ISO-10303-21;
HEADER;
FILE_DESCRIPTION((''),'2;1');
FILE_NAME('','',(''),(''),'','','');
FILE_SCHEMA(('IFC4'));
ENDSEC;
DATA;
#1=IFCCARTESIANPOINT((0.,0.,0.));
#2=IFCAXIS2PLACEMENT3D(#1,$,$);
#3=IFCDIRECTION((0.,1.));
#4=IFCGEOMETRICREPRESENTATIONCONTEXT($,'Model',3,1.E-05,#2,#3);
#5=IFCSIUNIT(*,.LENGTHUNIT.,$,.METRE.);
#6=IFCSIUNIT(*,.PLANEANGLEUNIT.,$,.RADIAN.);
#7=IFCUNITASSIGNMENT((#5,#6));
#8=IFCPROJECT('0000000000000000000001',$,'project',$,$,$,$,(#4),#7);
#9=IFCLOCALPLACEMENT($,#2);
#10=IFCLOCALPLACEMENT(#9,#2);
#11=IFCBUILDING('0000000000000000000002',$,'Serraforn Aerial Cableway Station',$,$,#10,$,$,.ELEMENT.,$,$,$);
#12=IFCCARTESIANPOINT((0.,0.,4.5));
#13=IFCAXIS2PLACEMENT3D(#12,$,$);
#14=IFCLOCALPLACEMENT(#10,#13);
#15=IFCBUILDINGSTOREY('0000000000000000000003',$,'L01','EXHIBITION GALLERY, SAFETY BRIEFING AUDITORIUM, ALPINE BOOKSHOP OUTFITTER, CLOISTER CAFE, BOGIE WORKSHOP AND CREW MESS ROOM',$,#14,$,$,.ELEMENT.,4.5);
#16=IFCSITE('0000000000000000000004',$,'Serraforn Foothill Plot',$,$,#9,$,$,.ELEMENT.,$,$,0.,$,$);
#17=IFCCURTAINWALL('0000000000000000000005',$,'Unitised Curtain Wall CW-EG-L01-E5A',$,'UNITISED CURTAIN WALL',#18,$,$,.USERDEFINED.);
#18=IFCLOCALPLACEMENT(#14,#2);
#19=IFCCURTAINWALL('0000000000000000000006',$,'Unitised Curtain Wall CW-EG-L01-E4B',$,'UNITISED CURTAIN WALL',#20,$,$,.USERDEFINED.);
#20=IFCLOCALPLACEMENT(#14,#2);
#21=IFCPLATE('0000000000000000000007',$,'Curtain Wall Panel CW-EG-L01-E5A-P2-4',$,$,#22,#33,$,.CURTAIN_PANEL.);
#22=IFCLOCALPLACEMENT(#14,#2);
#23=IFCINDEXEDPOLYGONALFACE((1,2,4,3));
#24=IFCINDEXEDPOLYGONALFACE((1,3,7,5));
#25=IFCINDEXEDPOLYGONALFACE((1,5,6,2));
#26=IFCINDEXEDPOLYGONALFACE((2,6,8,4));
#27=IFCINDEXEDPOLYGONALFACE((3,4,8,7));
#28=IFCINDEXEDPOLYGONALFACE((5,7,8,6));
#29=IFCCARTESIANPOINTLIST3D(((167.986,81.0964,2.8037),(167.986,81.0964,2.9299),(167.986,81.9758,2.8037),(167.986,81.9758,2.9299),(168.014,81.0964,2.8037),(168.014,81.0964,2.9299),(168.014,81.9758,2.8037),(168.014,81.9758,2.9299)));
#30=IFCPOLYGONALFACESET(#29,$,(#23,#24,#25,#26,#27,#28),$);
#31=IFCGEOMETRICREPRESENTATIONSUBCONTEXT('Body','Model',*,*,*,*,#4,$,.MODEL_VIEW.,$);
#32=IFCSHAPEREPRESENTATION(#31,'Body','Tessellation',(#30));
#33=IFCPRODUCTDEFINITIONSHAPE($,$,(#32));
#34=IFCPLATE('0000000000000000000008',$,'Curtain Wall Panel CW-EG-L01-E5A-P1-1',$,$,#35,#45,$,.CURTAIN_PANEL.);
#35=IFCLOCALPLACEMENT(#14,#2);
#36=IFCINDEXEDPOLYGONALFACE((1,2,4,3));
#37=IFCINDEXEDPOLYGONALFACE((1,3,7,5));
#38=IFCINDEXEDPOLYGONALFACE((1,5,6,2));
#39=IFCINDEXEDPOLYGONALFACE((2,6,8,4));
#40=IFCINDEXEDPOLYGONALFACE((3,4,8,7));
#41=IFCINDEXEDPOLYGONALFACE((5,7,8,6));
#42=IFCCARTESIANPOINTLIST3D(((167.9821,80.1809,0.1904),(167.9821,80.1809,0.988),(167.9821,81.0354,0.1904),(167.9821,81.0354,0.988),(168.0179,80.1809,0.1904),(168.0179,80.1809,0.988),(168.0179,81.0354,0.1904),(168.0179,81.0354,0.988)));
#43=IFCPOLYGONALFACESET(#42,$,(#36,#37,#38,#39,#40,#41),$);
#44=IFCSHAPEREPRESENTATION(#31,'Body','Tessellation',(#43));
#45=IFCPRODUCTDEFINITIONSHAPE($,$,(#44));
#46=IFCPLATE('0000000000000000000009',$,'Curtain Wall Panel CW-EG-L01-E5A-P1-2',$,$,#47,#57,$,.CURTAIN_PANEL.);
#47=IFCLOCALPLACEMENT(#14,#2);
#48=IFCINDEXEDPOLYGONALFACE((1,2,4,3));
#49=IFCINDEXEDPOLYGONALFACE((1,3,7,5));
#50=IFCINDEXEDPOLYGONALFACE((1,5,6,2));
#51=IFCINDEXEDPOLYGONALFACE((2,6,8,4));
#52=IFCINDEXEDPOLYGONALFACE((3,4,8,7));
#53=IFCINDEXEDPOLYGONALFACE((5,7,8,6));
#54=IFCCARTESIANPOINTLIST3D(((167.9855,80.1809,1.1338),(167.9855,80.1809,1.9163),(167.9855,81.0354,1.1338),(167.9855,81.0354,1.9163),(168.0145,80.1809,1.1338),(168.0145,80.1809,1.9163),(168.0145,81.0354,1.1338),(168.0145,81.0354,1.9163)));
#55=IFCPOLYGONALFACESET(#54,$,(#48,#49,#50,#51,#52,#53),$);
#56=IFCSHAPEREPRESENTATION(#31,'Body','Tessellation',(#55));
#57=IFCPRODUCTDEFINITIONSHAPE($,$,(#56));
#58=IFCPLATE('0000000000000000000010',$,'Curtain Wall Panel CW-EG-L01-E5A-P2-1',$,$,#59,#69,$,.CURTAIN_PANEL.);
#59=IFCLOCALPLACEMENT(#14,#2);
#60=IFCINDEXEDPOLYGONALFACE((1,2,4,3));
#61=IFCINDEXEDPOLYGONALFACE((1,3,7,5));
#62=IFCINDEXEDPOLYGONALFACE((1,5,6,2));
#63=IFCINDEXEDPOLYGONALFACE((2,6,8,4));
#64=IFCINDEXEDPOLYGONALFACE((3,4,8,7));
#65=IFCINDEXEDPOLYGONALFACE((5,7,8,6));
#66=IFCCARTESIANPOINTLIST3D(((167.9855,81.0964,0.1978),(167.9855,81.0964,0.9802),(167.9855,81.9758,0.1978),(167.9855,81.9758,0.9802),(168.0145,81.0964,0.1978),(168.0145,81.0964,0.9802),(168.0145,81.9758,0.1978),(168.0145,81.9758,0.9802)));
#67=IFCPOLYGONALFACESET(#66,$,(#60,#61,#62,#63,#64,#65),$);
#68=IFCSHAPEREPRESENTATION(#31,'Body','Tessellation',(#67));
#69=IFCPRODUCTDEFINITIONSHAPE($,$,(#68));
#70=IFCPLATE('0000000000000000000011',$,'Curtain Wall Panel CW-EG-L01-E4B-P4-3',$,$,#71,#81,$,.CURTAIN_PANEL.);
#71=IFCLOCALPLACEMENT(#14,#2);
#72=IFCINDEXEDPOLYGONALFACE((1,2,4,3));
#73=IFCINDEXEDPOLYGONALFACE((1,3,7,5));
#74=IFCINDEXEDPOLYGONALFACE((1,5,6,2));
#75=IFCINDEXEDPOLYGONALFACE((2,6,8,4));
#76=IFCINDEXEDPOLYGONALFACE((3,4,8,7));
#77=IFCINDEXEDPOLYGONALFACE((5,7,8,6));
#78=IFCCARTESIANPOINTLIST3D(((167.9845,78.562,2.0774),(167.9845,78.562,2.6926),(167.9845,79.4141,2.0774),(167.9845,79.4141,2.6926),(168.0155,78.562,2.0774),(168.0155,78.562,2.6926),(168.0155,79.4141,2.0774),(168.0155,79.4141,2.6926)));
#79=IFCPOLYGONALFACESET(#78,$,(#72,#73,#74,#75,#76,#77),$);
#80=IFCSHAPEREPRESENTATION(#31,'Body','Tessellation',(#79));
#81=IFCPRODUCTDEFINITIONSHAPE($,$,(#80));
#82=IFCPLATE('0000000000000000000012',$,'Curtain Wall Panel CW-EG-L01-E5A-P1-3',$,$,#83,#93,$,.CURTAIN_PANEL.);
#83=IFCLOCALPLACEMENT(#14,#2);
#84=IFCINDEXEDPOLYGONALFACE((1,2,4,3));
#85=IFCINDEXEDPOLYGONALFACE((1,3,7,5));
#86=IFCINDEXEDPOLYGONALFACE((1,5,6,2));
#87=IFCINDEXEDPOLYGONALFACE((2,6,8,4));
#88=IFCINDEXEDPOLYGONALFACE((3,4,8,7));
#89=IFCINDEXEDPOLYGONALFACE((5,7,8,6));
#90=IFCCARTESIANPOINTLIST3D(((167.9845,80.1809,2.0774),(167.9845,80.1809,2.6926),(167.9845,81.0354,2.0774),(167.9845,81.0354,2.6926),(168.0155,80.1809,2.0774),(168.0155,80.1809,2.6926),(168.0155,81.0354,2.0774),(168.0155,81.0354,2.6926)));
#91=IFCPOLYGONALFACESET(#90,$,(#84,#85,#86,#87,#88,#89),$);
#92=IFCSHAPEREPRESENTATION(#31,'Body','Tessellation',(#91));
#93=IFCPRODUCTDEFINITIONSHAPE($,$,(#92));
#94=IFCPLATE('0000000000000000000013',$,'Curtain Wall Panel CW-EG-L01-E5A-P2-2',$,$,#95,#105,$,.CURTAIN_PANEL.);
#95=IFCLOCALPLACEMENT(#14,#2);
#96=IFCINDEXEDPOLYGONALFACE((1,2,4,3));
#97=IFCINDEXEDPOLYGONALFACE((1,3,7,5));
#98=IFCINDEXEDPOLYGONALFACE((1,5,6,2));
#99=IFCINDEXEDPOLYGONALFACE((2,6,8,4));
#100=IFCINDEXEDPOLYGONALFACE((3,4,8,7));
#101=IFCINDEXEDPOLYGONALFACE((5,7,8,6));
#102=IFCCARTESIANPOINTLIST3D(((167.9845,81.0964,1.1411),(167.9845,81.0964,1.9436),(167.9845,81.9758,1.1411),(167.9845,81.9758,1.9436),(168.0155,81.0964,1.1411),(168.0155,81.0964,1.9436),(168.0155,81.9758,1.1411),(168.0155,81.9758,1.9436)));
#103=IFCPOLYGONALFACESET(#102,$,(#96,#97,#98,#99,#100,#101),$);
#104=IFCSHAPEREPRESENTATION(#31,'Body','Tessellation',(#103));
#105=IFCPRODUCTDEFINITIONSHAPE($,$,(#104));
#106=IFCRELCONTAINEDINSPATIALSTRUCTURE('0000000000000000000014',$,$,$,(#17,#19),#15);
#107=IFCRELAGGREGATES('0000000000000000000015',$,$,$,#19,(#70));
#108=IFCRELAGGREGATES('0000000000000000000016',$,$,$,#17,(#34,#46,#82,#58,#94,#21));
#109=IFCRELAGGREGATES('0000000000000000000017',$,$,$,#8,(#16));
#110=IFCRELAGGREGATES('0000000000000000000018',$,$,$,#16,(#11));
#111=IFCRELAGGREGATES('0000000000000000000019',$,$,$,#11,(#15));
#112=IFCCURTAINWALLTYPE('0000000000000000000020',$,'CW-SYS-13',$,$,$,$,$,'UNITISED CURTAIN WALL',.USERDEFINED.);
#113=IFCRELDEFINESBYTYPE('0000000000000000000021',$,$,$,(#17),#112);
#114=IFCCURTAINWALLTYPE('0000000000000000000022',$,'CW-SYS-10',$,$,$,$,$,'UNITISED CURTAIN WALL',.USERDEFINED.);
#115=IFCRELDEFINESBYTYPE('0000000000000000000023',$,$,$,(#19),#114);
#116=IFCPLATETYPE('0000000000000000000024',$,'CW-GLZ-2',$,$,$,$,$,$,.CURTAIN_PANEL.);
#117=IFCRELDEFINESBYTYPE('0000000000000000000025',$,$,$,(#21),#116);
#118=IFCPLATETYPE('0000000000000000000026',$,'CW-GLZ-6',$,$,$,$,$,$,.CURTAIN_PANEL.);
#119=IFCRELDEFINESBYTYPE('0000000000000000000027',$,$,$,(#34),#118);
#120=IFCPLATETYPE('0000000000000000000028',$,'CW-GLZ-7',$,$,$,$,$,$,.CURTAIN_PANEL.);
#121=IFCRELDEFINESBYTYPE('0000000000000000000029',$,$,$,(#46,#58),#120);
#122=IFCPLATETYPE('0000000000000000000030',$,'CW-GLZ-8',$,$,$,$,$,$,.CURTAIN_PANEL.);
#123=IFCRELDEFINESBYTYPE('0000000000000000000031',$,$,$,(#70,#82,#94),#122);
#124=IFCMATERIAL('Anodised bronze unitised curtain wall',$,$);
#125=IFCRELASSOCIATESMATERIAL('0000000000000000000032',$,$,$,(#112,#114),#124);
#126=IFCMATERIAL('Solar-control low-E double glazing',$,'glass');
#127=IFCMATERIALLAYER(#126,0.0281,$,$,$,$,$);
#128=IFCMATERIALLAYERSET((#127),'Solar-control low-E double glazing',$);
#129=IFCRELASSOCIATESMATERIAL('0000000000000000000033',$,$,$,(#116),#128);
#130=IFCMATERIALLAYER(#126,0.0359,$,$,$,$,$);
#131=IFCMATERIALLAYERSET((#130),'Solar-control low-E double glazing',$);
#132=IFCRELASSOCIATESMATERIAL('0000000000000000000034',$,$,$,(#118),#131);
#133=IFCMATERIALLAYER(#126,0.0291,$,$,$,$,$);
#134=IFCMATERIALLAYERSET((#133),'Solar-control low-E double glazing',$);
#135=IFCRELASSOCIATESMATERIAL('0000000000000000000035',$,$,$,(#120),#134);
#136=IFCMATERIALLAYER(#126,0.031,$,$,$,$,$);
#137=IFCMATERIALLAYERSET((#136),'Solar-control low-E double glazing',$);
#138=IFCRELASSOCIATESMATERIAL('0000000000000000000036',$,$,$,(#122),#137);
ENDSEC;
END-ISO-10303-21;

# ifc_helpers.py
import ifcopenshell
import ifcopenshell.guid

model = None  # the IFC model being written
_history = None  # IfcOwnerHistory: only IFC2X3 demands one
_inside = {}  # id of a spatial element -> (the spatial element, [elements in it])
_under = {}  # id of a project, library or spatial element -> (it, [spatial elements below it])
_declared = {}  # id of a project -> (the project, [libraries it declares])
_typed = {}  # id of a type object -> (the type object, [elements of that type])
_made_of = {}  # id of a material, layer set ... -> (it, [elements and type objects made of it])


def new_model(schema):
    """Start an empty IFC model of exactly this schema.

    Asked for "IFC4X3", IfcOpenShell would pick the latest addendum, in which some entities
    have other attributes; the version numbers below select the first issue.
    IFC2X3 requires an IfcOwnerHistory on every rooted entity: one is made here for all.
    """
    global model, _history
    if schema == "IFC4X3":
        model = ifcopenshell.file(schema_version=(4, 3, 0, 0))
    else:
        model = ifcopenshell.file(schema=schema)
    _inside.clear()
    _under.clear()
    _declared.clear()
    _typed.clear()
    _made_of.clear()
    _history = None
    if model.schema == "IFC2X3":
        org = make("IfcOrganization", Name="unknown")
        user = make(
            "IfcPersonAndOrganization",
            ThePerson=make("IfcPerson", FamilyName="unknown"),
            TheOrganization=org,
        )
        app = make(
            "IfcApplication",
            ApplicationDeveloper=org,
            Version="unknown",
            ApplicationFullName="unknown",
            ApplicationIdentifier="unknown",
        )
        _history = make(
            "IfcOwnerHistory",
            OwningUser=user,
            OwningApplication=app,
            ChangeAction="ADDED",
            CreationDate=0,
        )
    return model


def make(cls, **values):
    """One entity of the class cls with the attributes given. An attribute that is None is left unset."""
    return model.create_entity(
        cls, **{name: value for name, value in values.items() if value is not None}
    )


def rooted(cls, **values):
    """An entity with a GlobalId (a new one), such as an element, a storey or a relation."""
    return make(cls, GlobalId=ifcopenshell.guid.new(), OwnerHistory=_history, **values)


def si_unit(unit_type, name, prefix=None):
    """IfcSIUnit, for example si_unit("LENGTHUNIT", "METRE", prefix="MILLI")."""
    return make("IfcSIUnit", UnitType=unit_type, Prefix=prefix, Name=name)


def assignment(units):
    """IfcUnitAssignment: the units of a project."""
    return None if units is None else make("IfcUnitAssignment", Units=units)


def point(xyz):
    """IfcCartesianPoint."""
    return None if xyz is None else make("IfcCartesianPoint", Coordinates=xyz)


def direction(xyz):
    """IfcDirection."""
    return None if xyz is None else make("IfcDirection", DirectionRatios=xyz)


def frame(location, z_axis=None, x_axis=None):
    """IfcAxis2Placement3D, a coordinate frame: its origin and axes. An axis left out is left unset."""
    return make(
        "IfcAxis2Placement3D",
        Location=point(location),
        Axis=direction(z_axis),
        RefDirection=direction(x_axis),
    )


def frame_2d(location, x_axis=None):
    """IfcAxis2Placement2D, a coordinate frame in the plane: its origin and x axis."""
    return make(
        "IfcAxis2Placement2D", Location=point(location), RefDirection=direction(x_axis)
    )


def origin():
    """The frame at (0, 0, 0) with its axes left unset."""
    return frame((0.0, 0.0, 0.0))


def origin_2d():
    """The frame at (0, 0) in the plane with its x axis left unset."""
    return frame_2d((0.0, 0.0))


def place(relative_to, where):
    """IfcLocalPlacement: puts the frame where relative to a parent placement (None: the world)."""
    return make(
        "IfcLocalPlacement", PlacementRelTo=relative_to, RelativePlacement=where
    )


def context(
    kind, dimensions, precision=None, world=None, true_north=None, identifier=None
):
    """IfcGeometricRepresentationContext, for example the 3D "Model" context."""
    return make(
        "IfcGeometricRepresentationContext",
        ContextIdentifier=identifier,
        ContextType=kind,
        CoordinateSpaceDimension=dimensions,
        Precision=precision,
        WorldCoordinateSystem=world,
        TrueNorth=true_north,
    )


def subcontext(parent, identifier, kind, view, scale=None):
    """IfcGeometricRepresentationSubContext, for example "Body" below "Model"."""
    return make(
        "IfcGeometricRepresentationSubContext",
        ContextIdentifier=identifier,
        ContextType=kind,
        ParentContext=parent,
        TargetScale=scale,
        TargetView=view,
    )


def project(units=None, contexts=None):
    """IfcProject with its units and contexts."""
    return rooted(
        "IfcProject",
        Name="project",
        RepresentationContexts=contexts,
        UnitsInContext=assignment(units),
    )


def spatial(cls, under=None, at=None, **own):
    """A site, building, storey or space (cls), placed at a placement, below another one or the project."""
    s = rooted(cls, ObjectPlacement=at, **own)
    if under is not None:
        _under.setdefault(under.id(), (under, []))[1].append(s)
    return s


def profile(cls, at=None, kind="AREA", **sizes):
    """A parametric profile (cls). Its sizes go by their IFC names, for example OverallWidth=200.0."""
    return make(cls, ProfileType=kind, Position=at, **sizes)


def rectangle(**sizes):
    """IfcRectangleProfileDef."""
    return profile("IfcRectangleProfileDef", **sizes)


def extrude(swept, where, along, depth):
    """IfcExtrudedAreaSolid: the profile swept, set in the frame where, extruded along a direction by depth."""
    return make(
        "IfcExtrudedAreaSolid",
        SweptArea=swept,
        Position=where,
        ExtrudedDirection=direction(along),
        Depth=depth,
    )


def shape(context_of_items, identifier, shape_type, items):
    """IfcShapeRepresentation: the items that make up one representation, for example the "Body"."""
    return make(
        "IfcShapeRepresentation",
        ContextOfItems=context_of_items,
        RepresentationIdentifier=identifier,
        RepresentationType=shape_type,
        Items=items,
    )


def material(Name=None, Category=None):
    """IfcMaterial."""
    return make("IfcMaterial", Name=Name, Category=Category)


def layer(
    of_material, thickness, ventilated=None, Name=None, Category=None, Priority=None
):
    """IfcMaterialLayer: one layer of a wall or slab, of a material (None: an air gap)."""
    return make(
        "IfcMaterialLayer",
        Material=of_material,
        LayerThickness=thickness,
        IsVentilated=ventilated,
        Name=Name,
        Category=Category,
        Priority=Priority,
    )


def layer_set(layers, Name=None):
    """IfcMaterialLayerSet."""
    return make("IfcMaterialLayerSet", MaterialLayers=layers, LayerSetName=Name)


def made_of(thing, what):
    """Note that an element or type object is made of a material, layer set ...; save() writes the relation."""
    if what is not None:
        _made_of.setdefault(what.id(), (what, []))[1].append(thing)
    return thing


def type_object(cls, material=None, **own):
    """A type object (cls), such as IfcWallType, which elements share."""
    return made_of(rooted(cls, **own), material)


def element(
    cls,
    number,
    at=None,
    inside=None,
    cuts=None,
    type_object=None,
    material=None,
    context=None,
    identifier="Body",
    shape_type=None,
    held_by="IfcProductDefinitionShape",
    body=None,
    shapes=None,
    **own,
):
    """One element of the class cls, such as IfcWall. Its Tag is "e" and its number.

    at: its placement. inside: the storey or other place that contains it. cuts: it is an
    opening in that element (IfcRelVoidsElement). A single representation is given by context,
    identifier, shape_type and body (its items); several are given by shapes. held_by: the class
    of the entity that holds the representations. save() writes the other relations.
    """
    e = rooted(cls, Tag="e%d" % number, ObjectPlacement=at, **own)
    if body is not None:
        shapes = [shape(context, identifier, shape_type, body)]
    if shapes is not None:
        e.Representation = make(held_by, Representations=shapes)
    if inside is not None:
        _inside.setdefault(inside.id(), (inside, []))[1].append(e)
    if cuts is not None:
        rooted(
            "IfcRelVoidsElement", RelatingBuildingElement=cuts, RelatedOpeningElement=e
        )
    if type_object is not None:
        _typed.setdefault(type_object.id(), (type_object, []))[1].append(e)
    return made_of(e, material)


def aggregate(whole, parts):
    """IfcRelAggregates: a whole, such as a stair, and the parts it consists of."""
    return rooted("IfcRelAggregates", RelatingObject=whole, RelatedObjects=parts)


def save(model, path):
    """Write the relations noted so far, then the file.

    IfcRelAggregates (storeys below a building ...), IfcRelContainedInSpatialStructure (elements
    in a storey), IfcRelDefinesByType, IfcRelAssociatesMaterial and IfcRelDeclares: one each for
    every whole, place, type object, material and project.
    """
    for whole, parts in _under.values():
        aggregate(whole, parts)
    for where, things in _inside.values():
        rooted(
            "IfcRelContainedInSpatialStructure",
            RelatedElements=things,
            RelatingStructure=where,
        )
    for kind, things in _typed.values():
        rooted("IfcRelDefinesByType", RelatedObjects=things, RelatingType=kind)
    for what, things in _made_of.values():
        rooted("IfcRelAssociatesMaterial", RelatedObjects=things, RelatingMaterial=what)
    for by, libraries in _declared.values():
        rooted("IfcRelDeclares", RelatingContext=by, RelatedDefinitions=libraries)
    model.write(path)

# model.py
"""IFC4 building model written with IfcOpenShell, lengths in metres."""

from ifc_helpers import new_model, si_unit, direction, frame, origin, origin_2d, place, context, subcontext, project, spatial, rectangle, extrude, material, layer, layer_set, type_object, element, aggregate, save


model = new_model("IFC4")

# Units and contexts
model_context = context("Model", 3, precision=1e-05, world=origin(), true_north=direction((0.0, 1.0)))
body_context = subcontext(model_context, "Body", "Model", "MODEL_VIEW")
ifc_project = project(units=[si_unit("LENGTHUNIT", "METRE"), si_unit("PLANEANGLEUNIT", "RADIAN")], contexts=[model_context])

# Site, building, storey
site_placement = place(None, origin())
site = spatial("IfcSite", under=ifc_project, at=site_placement, Name="Serraforn Foothill Plot", CompositionType="ELEMENT", RefElevation=0.0)
building_placement = place(site_placement, origin())
building = spatial("IfcBuilding", under=site, at=building_placement, Name="Serraforn Aerial Cableway Station", CompositionType="ELEMENT")
storey_placement = place(building_placement, frame((0.0, 0.0, 4.5)))
storey = spatial("IfcBuildingStorey", under=building, at=storey_placement, Name="L01", Description="EXHIBITION GALLERY, SAFETY BRIEFING AUDITORIUM, ALPINE BOOKSHOP OUTFITTER, CLOISTER CAFE, BOGIE WORKSHOP AND CREW MESS ROOM", CompositionType="ELEMENT", Elevation=4.5)

# Curtain walls
ifc_material_1 = material(Name="Anodised bronze unitised curtain wall")
curtain_wall_type_1 = type_object("IfcCurtainWallType", Name="CW-SYS-13", ElementType="UNITISED CURTAIN WALL", PredefinedType="USERDEFINED", material=ifc_material_1)
curtain_wall_1_placement = place(storey_placement, origin())
curtain_wall_1 = element("IfcCurtainWall", 1, at=curtain_wall_1_placement, inside=storey, type_object=curtain_wall_type_1, Name="Unitised Curtain Wall CW-EG-L01-E5A", ObjectType="UNITISED CURTAIN WALL", PredefinedType="USERDEFINED")
curtain_wall_type_2 = type_object("IfcCurtainWallType", Name="CW-SYS-10", ElementType="UNITISED CURTAIN WALL", PredefinedType="USERDEFINED", material=ifc_material_1)
curtain_wall_2_placement = place(storey_placement, origin())
curtain_wall_2 = element("IfcCurtainWall", 2, at=curtain_wall_2_placement, inside=storey, type_object=curtain_wall_type_2, Name="Unitised Curtain Wall CW-EG-L01-E4B", ObjectType="UNITISED CURTAIN WALL", PredefinedType="USERDEFINED")

# Plates
ifc_material_2 = material(Name="Solar-control low-E double glazing", Category="glass")
ifc_layer_1 = layer(ifc_material_2, 0.0281)
ifc_layer_set_1 = layer_set([ifc_layer_1], Name="Solar-control low-E double glazing")
plate_type_1 = type_object("IfcPlateType", Name="CW-GLZ-2", PredefinedType="CURTAIN_PANEL", material=ifc_layer_set_1)
plate_1_placement = place(storey_placement, frame((168.0, 81.5361, 2.8037), z_axis=(0.0, 0.0, 1.0), x_axis=(1.0, 0.0, 0.0)))
plate_1 = element("IfcPlate", 3, at=plate_1_placement, type_object=plate_type_1, Name="Curtain Wall Panel CW-EG-L01-E5A-P2-4", PredefinedType="CURTAIN_PANEL", context=body_context, shape_type="SweptSolid", body=[
    extrude(rectangle(XDim=0.0281, YDim=0.8794, at=origin_2d()), origin(), (0.0, 0.0, 1.0), 0.1262),
])
ifc_layer_2 = layer(ifc_material_2, 0.0359)
ifc_layer_set_2 = layer_set([ifc_layer_2], Name="Solar-control low-E double glazing")
plate_type_2 = type_object("IfcPlateType", Name="CW-GLZ-6", PredefinedType="CURTAIN_PANEL", material=ifc_layer_set_2)
plate_2_placement = place(storey_placement, frame((168.0, 80.6082, 0.1904), z_axis=(0.0, 0.0, 1.0), x_axis=(1.0, 0.0, 0.0)))
plate_2 = element("IfcPlate", 4, at=plate_2_placement, type_object=plate_type_2, Name="Curtain Wall Panel CW-EG-L01-E5A-P1-1", PredefinedType="CURTAIN_PANEL", context=body_context, shape_type="SweptSolid", body=[
    extrude(rectangle(XDim=0.0359, YDim=0.8545, at=origin_2d()), origin(), (0.0, 0.0, 1.0), 0.7976),
])
ifc_layer_3 = layer(ifc_material_2, 0.0291)
ifc_layer_set_3 = layer_set([ifc_layer_3], Name="Solar-control low-E double glazing")
plate_type_3 = type_object("IfcPlateType", Name="CW-GLZ-7", PredefinedType="CURTAIN_PANEL", material=ifc_layer_set_3)
plate_3_placement = place(storey_placement, frame((168.0, 80.6082, 1.1338), z_axis=(0.0, 0.0, 1.0), x_axis=(1.0, 0.0, 0.0)))
plate_3 = element("IfcPlate", 5, at=plate_3_placement, type_object=plate_type_3, Name="Curtain Wall Panel CW-EG-L01-E5A-P1-2", PredefinedType="CURTAIN_PANEL", context=body_context, shape_type="SweptSolid", body=[
    extrude(rectangle(XDim=0.0291, YDim=0.8545, at=origin_2d()), origin(), (0.0, 0.0, 1.0), 0.7825),
])
plate_4_placement = place(storey_placement, frame((168.0, 81.5361, 0.1978), z_axis=(0.0, 0.0, 1.0), x_axis=(1.0, 0.0, 0.0)))
plate_4 = element("IfcPlate", 6, at=plate_4_placement, type_object=plate_type_3, Name="Curtain Wall Panel CW-EG-L01-E5A-P2-1", PredefinedType="CURTAIN_PANEL", context=body_context, shape_type="SweptSolid", body=[
    extrude(rectangle(XDim=0.0291, YDim=0.8794, at=origin_2d()), origin(), (0.0, 0.0, 1.0), 0.7825),
])
ifc_layer_4 = layer(ifc_material_2, 0.031)
ifc_layer_set_4 = layer_set([ifc_layer_4], Name="Solar-control low-E double glazing")
plate_type_4 = type_object("IfcPlateType", Name="CW-GLZ-8", PredefinedType="CURTAIN_PANEL", material=ifc_layer_set_4)
plate_5_placement = place(storey_placement, frame((168.0, 78.988, 2.0774), z_axis=(0.0, 0.0, 1.0), x_axis=(1.0, 0.0, 0.0)))
plate_5 = element("IfcPlate", 7, at=plate_5_placement, type_object=plate_type_4, Name="Curtain Wall Panel CW-EG-L01-E4B-P4-3", PredefinedType="CURTAIN_PANEL", context=body_context, shape_type="SweptSolid", body=[
    extrude(rectangle(XDim=0.031, YDim=0.8521, at=origin_2d()), origin(), (0.0, 0.0, 1.0), 0.6152),
])
aggregate(curtain_wall_2, [plate_5])
plate_6_placement = place(storey_placement, frame((168.0, 80.6082, 2.0774), z_axis=(0.0, 0.0, 1.0), x_axis=(1.0, 0.0, 0.0)))
plate_6 = element("IfcPlate", 8, at=plate_6_placement, type_object=plate_type_4, Name="Curtain Wall Panel CW-EG-L01-E5A-P1-3", PredefinedType="CURTAIN_PANEL", context=body_context, shape_type="SweptSolid", body=[
    extrude(rectangle(XDim=0.031, YDim=0.8545, at=origin_2d()), origin(), (0.0, 0.0, 1.0), 0.6152),
])
plate_7_placement = place(storey_placement, frame((168.0, 81.5361, 1.1411), z_axis=(0.0, 0.0, 1.0), x_axis=(1.0, 0.0, 0.0)))
plate_7 = element("IfcPlate", 9, at=plate_7_placement, type_object=plate_type_4, Name="Curtain Wall Panel CW-EG-L01-E5A-P2-2", PredefinedType="CURTAIN_PANEL", context=body_context, shape_type="SweptSolid", body=[
    extrude(rectangle(XDim=0.031, YDim=0.8794, at=origin_2d()), origin(), (0.0, 0.0, 1.0), 0.8025),
])
aggregate(curtain_wall_1, [plate_2, plate_3, plate_6, plate_4, plate_7, plate_1])

save(model, "model.ifc")
